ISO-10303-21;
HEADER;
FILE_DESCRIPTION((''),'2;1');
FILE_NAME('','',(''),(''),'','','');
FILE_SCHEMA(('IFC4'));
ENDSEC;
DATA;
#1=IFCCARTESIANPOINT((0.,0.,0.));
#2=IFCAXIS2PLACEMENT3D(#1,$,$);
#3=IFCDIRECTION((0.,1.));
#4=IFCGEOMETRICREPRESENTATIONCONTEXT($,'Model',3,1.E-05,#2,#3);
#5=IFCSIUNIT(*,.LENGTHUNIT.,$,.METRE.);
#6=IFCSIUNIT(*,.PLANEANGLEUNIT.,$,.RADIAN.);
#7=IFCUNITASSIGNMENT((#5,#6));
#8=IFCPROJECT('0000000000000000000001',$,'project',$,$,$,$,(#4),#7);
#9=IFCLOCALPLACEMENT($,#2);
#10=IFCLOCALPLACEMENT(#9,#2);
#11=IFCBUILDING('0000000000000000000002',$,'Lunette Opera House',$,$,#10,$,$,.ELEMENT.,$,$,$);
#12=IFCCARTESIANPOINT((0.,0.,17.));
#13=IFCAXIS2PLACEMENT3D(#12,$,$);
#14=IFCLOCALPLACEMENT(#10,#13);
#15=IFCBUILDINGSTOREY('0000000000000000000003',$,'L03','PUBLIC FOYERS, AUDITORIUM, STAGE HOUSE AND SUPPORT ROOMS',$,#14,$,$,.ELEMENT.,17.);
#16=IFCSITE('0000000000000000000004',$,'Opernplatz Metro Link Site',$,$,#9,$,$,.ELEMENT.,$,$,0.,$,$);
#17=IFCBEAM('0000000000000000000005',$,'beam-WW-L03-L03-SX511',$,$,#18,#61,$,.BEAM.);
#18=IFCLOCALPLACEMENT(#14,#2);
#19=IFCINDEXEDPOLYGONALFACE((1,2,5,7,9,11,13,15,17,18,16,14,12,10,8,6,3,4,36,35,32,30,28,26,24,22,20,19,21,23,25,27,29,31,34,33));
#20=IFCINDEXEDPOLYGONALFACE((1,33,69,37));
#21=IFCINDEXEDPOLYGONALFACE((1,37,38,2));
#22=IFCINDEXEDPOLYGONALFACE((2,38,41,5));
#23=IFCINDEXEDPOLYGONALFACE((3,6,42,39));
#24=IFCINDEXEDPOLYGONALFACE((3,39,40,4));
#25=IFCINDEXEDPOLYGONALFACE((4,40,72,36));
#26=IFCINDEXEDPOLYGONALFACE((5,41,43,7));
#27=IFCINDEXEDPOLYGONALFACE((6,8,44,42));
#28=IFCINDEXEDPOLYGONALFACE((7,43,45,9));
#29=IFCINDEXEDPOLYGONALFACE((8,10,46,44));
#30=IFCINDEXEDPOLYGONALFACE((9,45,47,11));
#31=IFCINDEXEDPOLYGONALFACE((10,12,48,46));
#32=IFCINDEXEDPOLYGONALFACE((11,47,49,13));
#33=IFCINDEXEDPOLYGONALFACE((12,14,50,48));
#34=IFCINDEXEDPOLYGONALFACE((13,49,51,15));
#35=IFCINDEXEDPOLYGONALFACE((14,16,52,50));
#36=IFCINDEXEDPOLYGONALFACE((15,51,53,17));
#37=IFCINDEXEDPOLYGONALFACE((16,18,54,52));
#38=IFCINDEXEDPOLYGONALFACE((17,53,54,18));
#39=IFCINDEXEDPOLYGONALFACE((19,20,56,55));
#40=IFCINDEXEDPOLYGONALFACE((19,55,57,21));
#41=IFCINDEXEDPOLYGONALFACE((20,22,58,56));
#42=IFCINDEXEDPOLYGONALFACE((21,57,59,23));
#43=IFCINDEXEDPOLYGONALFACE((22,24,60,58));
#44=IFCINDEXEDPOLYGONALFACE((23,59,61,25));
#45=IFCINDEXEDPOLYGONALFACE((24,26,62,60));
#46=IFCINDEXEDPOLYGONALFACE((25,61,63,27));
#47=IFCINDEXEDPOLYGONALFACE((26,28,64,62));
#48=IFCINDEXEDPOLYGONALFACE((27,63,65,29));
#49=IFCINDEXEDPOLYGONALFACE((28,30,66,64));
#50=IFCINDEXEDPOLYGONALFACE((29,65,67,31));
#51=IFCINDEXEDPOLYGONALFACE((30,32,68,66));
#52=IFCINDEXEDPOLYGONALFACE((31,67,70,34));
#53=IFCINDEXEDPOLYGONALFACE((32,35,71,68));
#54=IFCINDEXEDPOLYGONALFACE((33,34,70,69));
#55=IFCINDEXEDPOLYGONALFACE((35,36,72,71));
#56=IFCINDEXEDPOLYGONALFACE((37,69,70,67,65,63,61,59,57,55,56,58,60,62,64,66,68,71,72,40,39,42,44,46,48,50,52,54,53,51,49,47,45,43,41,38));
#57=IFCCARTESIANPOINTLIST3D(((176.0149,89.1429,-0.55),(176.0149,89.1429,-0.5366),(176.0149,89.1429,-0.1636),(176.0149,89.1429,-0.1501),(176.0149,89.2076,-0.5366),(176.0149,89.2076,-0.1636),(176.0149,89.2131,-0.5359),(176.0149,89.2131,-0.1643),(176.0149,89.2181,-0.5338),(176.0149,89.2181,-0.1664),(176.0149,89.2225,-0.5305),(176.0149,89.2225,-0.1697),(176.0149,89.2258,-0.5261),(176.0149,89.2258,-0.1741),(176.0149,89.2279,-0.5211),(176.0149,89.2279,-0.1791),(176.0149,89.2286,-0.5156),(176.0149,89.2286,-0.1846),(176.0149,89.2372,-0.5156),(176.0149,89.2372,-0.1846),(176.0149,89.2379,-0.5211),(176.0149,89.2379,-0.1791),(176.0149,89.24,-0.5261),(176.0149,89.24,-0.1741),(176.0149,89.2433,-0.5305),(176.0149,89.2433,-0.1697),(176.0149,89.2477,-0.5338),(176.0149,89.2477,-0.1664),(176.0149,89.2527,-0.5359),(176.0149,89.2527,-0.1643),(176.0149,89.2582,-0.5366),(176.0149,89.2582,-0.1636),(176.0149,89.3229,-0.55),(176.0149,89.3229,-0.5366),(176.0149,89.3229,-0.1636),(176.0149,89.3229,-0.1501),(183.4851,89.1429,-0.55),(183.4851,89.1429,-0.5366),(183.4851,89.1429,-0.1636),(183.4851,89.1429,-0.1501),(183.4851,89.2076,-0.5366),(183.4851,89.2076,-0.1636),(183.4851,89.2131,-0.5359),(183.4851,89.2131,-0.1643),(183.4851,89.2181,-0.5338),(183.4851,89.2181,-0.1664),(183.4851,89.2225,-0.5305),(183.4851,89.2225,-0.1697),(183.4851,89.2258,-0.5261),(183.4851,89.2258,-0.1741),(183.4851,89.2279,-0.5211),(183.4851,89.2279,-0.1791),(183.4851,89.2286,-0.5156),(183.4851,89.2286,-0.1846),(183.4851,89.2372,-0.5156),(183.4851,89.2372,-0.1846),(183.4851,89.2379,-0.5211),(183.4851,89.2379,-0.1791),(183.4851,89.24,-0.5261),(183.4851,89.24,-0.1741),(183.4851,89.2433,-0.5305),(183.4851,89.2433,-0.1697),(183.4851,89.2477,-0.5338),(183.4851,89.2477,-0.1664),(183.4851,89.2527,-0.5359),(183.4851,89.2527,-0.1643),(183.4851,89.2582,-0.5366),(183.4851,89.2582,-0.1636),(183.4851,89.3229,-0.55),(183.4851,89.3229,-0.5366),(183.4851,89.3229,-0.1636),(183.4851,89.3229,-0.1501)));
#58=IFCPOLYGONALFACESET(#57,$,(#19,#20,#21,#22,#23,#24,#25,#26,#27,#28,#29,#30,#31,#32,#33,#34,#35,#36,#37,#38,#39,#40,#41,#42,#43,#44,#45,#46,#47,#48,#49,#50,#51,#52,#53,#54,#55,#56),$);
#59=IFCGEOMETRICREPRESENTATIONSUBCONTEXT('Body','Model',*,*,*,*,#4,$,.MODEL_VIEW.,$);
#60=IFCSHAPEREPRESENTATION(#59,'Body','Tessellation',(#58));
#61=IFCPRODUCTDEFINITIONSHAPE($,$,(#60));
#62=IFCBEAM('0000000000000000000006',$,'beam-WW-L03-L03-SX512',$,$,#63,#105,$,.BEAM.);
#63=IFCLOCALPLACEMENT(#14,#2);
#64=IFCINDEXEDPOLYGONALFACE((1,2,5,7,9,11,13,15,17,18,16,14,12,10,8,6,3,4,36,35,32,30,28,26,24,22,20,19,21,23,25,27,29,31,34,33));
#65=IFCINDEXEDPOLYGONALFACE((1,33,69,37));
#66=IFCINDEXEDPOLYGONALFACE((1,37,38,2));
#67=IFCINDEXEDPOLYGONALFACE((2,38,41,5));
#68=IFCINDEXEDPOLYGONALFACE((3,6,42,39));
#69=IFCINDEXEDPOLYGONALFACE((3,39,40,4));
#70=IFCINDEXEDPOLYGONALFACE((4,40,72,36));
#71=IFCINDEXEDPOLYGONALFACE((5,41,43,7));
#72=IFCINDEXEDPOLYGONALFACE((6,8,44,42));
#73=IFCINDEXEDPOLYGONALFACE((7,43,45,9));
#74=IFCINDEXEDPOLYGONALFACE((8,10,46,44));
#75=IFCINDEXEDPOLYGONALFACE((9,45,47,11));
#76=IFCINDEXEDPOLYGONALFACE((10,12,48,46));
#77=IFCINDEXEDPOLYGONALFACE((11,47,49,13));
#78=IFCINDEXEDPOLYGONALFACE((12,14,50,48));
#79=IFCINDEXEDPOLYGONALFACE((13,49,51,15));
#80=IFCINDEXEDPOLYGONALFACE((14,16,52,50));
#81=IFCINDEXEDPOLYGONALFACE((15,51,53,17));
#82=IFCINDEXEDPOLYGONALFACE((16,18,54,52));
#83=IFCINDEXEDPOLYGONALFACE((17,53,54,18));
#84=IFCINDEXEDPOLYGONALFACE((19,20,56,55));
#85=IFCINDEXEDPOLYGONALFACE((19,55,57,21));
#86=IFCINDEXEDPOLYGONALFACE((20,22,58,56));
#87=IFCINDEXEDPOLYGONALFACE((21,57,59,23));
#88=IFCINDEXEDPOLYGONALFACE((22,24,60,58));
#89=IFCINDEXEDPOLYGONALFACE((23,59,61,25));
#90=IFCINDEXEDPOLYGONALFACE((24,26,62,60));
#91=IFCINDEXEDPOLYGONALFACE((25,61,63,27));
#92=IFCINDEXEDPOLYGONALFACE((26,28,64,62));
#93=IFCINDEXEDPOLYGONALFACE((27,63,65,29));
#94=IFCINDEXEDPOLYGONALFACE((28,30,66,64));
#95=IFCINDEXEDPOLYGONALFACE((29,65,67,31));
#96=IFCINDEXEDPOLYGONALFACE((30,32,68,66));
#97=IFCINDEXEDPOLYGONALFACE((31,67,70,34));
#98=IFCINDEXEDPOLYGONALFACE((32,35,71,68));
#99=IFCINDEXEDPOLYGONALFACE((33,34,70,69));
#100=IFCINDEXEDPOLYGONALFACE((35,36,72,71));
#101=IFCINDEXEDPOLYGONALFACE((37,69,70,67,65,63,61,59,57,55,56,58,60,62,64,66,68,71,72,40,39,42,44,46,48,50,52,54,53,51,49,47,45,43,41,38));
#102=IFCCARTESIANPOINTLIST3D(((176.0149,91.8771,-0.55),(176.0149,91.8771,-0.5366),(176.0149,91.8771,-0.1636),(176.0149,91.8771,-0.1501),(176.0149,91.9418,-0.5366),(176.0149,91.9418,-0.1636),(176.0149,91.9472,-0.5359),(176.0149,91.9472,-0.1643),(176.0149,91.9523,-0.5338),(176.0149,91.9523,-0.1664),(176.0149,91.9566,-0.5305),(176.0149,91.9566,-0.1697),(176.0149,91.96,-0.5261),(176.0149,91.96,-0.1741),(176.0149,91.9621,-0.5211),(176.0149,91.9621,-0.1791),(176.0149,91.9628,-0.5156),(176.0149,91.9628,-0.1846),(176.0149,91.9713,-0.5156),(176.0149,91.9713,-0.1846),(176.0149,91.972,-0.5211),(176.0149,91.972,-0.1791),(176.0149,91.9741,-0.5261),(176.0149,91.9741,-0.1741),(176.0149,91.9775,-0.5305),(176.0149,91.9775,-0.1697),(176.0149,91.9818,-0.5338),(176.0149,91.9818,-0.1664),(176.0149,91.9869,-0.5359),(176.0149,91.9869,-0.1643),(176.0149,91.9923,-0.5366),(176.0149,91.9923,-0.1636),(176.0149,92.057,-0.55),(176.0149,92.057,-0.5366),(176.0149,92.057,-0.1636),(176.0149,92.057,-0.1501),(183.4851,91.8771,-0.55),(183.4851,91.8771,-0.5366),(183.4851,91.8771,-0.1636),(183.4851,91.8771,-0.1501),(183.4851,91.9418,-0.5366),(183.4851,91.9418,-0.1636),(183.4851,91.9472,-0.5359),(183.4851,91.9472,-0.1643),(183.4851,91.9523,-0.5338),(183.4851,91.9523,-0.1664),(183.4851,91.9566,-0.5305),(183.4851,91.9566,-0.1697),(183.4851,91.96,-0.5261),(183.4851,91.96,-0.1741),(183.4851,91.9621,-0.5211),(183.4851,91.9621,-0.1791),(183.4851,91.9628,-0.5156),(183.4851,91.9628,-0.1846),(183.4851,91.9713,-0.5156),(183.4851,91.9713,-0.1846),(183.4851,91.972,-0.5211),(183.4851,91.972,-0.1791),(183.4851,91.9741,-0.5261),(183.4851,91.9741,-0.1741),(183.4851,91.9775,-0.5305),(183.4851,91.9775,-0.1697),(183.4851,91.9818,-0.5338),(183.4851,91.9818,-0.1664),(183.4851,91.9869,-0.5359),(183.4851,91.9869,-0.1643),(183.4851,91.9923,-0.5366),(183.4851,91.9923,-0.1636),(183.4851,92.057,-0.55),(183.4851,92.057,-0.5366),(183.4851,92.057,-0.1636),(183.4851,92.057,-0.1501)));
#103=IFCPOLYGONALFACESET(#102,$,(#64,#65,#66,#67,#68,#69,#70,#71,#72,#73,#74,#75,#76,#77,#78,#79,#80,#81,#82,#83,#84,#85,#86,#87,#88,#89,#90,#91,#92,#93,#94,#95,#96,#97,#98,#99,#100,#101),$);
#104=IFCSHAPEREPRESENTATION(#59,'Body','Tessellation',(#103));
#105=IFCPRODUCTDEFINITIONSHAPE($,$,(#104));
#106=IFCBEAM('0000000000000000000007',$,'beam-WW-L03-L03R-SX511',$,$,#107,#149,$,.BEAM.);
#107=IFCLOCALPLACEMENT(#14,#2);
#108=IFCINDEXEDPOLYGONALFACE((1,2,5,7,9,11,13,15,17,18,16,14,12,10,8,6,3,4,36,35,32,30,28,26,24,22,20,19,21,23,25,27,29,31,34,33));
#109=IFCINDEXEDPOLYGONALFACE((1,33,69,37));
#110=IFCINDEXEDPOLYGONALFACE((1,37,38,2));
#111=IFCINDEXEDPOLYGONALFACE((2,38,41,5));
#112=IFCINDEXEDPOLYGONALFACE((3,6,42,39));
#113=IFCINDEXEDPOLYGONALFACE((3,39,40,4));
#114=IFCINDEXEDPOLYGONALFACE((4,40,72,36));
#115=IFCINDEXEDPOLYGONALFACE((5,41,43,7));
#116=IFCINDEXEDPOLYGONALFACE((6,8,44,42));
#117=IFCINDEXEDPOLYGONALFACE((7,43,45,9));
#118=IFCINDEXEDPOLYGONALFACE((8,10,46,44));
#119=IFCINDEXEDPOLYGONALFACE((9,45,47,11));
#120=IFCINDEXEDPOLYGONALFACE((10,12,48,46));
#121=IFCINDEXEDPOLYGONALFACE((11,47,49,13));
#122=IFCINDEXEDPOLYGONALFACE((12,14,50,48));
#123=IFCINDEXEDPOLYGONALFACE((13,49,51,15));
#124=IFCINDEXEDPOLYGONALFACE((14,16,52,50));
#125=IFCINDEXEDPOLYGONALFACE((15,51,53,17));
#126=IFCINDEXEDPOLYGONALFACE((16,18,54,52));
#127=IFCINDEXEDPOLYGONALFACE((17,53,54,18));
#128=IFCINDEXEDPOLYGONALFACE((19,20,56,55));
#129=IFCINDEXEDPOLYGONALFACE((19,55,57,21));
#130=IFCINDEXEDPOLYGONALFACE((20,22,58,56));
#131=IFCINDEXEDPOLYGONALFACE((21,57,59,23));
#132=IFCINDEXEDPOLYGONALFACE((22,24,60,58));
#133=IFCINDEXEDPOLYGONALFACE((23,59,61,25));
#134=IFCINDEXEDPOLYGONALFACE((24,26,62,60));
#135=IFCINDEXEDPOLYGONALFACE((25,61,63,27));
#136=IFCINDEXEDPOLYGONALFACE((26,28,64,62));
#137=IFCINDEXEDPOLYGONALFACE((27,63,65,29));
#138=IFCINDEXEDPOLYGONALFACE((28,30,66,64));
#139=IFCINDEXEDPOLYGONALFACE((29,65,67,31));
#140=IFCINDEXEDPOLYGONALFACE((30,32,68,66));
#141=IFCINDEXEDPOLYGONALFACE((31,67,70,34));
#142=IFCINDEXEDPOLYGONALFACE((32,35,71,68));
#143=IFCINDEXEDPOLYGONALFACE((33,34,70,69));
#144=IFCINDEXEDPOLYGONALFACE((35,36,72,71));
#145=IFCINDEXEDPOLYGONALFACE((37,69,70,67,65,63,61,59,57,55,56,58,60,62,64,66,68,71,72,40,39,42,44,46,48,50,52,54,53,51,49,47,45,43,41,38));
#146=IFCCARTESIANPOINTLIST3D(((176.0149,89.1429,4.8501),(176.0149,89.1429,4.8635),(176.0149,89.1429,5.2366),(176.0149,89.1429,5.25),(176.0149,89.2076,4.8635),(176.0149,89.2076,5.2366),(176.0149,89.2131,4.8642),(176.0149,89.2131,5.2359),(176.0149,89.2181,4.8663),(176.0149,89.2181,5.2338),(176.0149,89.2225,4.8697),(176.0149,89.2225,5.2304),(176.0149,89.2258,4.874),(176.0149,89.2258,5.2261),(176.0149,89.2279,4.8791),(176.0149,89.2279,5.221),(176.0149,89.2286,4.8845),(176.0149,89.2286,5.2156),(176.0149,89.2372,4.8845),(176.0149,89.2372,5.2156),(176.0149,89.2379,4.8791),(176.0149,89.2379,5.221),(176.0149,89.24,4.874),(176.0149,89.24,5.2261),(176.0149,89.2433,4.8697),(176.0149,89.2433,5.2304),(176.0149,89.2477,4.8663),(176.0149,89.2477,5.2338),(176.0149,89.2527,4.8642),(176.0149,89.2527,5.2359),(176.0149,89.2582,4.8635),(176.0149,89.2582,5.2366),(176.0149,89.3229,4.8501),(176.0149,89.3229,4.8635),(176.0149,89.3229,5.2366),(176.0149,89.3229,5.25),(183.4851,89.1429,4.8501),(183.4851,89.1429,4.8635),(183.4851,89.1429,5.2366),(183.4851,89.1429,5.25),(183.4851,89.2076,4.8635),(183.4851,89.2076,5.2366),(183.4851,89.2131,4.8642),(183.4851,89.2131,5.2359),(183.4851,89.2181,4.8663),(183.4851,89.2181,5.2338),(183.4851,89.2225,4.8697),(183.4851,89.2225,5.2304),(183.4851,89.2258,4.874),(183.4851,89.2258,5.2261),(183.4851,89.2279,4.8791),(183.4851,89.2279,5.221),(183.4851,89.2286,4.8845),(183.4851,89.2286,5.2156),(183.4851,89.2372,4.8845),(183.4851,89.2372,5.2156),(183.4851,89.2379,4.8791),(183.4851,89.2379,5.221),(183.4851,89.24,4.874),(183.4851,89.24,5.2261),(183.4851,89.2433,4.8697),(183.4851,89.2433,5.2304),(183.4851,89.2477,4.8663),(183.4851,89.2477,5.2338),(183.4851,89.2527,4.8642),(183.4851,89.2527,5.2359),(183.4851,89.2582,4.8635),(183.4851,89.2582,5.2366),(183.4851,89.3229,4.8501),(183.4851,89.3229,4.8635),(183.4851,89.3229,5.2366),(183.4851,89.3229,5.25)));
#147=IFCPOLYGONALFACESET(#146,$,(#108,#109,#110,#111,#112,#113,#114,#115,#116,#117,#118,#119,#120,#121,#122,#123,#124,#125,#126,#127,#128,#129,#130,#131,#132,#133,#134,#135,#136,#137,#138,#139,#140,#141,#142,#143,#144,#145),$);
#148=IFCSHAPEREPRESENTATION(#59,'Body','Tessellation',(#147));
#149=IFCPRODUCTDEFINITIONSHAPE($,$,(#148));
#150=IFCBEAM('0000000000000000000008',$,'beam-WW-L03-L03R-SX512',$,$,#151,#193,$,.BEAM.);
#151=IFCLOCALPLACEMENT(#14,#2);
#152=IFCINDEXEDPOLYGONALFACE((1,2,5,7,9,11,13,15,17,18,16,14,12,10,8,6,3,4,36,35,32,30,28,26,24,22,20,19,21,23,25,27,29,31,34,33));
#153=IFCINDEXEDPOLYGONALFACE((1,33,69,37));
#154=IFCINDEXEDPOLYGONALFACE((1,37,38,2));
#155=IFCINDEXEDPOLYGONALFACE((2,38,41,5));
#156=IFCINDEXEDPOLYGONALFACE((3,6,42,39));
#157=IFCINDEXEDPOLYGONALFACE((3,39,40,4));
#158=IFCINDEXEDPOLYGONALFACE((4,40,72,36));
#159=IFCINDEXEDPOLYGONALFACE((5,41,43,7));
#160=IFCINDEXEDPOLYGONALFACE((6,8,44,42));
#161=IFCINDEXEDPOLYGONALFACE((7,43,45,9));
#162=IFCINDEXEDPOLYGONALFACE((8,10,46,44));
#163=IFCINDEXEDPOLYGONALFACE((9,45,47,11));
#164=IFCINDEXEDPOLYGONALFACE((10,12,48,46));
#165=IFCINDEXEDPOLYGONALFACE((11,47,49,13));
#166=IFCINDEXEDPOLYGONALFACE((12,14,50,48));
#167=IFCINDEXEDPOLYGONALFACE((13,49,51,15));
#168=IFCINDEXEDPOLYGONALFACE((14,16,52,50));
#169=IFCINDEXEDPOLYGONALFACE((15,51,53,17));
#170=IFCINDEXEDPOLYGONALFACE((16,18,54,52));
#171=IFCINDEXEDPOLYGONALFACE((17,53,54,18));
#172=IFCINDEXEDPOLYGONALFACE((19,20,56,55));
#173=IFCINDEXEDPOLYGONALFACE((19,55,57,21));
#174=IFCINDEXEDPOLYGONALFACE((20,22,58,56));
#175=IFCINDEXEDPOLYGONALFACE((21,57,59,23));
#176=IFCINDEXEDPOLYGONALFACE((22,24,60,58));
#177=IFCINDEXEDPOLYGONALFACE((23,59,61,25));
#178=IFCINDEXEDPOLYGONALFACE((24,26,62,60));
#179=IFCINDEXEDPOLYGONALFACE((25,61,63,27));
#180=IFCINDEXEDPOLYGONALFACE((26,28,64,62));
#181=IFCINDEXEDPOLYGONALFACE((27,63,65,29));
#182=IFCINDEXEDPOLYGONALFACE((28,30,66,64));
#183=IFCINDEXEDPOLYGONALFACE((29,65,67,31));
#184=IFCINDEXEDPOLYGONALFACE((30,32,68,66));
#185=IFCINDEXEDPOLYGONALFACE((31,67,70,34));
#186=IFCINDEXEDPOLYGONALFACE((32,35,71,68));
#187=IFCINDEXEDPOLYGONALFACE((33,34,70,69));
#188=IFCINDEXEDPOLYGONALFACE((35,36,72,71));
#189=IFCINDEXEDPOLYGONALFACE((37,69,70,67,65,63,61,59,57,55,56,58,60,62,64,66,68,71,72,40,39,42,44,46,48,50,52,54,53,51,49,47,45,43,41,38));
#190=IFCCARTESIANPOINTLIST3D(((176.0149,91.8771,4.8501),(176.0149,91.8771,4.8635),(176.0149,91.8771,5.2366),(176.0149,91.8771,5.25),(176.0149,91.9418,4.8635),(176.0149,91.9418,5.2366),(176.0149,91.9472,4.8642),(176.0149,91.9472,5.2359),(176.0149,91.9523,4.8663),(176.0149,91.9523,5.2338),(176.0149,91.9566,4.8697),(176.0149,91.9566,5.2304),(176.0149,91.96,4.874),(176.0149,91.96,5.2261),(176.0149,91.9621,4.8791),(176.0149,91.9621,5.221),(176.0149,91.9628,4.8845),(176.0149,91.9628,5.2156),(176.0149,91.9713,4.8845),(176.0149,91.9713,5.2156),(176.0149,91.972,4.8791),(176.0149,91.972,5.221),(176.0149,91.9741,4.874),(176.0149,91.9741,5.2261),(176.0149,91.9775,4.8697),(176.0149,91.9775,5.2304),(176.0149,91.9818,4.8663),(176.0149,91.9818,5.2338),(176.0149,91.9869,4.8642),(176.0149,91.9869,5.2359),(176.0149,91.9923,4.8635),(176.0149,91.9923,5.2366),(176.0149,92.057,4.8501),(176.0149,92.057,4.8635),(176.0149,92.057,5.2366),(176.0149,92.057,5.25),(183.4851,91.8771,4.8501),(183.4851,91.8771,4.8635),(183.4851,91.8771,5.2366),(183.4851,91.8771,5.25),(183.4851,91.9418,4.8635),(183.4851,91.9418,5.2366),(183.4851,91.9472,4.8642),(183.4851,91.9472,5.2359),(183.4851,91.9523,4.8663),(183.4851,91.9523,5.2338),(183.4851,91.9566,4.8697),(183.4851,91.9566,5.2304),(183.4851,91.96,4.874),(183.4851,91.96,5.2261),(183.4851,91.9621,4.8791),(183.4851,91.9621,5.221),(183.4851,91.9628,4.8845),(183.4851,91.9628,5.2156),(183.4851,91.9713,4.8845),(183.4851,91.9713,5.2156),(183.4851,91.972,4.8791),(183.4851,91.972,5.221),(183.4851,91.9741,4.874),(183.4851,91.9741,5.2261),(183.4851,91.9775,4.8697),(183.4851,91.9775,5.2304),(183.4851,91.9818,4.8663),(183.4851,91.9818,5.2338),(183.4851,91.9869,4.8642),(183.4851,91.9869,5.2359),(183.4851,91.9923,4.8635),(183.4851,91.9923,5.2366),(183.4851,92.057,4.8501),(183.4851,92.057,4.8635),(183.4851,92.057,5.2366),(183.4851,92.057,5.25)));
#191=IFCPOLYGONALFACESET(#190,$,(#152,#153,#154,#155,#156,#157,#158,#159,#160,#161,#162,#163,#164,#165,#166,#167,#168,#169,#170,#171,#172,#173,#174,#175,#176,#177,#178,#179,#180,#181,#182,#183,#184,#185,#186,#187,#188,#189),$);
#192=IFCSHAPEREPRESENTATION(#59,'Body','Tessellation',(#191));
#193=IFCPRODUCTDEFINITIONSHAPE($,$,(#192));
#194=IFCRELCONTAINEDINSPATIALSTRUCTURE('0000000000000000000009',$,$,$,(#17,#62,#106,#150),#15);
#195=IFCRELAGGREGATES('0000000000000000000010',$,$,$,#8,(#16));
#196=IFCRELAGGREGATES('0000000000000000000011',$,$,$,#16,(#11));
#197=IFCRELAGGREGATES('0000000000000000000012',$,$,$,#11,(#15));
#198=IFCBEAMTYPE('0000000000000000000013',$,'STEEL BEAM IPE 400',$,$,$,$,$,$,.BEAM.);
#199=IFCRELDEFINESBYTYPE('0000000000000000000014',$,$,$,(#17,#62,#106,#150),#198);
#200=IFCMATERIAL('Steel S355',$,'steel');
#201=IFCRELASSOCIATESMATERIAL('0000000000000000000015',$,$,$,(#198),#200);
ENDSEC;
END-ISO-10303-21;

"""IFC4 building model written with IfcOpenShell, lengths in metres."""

from ifc_helpers import new_model, si_unit, direction, frame, origin, origin_2d, place, context, subcontext, project, spatial, i_section, extrude, material, material_profile, profile_set, type_object, element, save


model = new_model("IFC4")

# Units and contexts
model_context = context("Model", 3, precision=1e-05, world=origin(), true_north=direction((0.0, 1.0)))
body_context = subcontext(model_context, "Body", "Model", "MODEL_VIEW")
ifc_project = project(units=[si_unit("LENGTHUNIT", "METRE"), si_unit("PLANEANGLEUNIT", "RADIAN")], contexts=[model_context])

# Site, building, storey
site_placement = place(None, origin())
site = spatial("IfcSite", under=ifc_project, at=site_placement, Name="Opernplatz Metro Link Site", CompositionType="ELEMENT", RefElevation=0.0)
building_placement = place(site_placement, origin())
building = spatial("IfcBuilding", under=site, at=building_placement, Name="Lunette Opera House", CompositionType="ELEMENT")
storey_placement = place(building_placement, frame((0.0, 0.0, 17.0)))
storey = spatial("IfcBuildingStorey", under=building, at=storey_placement, Name="L03", Description="PUBLIC FOYERS, AUDITORIUM, STAGE HOUSE AND SUPPORT ROOMS", CompositionType="ELEMENT", Elevation=17.0)

# Beams
ifc_material_1 = material(Name="Steel S355", Category="steel")
ifc_material_profile_1 = material_profile(ifc_material_1, i_section(OverallWidth=0.1799, OverallDepth=0.3999, WebThickness=0.0085, FlangeThickness=0.0134, FilletRadius=0.021, at=origin_2d()), Name="IPE 400")
ifc_profile_set_1 = profile_set([ifc_material_profile_1], Name="Steel S355")
beam_type_1 = type_object("IfcBeamType", Name="STEEL BEAM IPE 400", PredefinedType="BEAM", material=ifc_profile_set_1)
for number, where, z_axis, x_axis, name in (
    (1, (176.0149, 89.2329, -0.3501), (1.0, 0.0, 0.0), (0.0, 1.0, 0.0), "beam-WW-L03-L03-SX511"),
    (2, (176.0149, 91.967, -0.3501), (1.0, 0.0, 0.0), (0.0, 1.0, 0.0), "beam-WW-L03-L03-SX512"),
    (3, (176.0149, 89.2329, 5.05), (1.0, 0.0, 0.0), (0.0, 1.0, 0.0), "beam-WW-L03-L03R-SX511"),
    (4, (176.0149, 91.967, 5.05), (1.0, 0.0, 0.0), (0.0, 1.0, 0.0), "beam-WW-L03-L03R-SX512"),
):
    element("IfcBeam", number, at=place(storey_placement, frame(where, z_axis=z_axis, x_axis=x_axis)), inside=storey, type_object=beam_type_1, Name=name, PredefinedType="BEAM", context=body_context, shape_type="SweptSolid", body=[
        extrude(i_section(OverallWidth=0.1799, OverallDepth=0.3999, WebThickness=0.0085, FlangeThickness=0.0134, FilletRadius=0.021, at=origin_2d()), origin(), (0.0, 0.0, 1.0), 7.4702),
    ])

save(model, "model.ifc")
